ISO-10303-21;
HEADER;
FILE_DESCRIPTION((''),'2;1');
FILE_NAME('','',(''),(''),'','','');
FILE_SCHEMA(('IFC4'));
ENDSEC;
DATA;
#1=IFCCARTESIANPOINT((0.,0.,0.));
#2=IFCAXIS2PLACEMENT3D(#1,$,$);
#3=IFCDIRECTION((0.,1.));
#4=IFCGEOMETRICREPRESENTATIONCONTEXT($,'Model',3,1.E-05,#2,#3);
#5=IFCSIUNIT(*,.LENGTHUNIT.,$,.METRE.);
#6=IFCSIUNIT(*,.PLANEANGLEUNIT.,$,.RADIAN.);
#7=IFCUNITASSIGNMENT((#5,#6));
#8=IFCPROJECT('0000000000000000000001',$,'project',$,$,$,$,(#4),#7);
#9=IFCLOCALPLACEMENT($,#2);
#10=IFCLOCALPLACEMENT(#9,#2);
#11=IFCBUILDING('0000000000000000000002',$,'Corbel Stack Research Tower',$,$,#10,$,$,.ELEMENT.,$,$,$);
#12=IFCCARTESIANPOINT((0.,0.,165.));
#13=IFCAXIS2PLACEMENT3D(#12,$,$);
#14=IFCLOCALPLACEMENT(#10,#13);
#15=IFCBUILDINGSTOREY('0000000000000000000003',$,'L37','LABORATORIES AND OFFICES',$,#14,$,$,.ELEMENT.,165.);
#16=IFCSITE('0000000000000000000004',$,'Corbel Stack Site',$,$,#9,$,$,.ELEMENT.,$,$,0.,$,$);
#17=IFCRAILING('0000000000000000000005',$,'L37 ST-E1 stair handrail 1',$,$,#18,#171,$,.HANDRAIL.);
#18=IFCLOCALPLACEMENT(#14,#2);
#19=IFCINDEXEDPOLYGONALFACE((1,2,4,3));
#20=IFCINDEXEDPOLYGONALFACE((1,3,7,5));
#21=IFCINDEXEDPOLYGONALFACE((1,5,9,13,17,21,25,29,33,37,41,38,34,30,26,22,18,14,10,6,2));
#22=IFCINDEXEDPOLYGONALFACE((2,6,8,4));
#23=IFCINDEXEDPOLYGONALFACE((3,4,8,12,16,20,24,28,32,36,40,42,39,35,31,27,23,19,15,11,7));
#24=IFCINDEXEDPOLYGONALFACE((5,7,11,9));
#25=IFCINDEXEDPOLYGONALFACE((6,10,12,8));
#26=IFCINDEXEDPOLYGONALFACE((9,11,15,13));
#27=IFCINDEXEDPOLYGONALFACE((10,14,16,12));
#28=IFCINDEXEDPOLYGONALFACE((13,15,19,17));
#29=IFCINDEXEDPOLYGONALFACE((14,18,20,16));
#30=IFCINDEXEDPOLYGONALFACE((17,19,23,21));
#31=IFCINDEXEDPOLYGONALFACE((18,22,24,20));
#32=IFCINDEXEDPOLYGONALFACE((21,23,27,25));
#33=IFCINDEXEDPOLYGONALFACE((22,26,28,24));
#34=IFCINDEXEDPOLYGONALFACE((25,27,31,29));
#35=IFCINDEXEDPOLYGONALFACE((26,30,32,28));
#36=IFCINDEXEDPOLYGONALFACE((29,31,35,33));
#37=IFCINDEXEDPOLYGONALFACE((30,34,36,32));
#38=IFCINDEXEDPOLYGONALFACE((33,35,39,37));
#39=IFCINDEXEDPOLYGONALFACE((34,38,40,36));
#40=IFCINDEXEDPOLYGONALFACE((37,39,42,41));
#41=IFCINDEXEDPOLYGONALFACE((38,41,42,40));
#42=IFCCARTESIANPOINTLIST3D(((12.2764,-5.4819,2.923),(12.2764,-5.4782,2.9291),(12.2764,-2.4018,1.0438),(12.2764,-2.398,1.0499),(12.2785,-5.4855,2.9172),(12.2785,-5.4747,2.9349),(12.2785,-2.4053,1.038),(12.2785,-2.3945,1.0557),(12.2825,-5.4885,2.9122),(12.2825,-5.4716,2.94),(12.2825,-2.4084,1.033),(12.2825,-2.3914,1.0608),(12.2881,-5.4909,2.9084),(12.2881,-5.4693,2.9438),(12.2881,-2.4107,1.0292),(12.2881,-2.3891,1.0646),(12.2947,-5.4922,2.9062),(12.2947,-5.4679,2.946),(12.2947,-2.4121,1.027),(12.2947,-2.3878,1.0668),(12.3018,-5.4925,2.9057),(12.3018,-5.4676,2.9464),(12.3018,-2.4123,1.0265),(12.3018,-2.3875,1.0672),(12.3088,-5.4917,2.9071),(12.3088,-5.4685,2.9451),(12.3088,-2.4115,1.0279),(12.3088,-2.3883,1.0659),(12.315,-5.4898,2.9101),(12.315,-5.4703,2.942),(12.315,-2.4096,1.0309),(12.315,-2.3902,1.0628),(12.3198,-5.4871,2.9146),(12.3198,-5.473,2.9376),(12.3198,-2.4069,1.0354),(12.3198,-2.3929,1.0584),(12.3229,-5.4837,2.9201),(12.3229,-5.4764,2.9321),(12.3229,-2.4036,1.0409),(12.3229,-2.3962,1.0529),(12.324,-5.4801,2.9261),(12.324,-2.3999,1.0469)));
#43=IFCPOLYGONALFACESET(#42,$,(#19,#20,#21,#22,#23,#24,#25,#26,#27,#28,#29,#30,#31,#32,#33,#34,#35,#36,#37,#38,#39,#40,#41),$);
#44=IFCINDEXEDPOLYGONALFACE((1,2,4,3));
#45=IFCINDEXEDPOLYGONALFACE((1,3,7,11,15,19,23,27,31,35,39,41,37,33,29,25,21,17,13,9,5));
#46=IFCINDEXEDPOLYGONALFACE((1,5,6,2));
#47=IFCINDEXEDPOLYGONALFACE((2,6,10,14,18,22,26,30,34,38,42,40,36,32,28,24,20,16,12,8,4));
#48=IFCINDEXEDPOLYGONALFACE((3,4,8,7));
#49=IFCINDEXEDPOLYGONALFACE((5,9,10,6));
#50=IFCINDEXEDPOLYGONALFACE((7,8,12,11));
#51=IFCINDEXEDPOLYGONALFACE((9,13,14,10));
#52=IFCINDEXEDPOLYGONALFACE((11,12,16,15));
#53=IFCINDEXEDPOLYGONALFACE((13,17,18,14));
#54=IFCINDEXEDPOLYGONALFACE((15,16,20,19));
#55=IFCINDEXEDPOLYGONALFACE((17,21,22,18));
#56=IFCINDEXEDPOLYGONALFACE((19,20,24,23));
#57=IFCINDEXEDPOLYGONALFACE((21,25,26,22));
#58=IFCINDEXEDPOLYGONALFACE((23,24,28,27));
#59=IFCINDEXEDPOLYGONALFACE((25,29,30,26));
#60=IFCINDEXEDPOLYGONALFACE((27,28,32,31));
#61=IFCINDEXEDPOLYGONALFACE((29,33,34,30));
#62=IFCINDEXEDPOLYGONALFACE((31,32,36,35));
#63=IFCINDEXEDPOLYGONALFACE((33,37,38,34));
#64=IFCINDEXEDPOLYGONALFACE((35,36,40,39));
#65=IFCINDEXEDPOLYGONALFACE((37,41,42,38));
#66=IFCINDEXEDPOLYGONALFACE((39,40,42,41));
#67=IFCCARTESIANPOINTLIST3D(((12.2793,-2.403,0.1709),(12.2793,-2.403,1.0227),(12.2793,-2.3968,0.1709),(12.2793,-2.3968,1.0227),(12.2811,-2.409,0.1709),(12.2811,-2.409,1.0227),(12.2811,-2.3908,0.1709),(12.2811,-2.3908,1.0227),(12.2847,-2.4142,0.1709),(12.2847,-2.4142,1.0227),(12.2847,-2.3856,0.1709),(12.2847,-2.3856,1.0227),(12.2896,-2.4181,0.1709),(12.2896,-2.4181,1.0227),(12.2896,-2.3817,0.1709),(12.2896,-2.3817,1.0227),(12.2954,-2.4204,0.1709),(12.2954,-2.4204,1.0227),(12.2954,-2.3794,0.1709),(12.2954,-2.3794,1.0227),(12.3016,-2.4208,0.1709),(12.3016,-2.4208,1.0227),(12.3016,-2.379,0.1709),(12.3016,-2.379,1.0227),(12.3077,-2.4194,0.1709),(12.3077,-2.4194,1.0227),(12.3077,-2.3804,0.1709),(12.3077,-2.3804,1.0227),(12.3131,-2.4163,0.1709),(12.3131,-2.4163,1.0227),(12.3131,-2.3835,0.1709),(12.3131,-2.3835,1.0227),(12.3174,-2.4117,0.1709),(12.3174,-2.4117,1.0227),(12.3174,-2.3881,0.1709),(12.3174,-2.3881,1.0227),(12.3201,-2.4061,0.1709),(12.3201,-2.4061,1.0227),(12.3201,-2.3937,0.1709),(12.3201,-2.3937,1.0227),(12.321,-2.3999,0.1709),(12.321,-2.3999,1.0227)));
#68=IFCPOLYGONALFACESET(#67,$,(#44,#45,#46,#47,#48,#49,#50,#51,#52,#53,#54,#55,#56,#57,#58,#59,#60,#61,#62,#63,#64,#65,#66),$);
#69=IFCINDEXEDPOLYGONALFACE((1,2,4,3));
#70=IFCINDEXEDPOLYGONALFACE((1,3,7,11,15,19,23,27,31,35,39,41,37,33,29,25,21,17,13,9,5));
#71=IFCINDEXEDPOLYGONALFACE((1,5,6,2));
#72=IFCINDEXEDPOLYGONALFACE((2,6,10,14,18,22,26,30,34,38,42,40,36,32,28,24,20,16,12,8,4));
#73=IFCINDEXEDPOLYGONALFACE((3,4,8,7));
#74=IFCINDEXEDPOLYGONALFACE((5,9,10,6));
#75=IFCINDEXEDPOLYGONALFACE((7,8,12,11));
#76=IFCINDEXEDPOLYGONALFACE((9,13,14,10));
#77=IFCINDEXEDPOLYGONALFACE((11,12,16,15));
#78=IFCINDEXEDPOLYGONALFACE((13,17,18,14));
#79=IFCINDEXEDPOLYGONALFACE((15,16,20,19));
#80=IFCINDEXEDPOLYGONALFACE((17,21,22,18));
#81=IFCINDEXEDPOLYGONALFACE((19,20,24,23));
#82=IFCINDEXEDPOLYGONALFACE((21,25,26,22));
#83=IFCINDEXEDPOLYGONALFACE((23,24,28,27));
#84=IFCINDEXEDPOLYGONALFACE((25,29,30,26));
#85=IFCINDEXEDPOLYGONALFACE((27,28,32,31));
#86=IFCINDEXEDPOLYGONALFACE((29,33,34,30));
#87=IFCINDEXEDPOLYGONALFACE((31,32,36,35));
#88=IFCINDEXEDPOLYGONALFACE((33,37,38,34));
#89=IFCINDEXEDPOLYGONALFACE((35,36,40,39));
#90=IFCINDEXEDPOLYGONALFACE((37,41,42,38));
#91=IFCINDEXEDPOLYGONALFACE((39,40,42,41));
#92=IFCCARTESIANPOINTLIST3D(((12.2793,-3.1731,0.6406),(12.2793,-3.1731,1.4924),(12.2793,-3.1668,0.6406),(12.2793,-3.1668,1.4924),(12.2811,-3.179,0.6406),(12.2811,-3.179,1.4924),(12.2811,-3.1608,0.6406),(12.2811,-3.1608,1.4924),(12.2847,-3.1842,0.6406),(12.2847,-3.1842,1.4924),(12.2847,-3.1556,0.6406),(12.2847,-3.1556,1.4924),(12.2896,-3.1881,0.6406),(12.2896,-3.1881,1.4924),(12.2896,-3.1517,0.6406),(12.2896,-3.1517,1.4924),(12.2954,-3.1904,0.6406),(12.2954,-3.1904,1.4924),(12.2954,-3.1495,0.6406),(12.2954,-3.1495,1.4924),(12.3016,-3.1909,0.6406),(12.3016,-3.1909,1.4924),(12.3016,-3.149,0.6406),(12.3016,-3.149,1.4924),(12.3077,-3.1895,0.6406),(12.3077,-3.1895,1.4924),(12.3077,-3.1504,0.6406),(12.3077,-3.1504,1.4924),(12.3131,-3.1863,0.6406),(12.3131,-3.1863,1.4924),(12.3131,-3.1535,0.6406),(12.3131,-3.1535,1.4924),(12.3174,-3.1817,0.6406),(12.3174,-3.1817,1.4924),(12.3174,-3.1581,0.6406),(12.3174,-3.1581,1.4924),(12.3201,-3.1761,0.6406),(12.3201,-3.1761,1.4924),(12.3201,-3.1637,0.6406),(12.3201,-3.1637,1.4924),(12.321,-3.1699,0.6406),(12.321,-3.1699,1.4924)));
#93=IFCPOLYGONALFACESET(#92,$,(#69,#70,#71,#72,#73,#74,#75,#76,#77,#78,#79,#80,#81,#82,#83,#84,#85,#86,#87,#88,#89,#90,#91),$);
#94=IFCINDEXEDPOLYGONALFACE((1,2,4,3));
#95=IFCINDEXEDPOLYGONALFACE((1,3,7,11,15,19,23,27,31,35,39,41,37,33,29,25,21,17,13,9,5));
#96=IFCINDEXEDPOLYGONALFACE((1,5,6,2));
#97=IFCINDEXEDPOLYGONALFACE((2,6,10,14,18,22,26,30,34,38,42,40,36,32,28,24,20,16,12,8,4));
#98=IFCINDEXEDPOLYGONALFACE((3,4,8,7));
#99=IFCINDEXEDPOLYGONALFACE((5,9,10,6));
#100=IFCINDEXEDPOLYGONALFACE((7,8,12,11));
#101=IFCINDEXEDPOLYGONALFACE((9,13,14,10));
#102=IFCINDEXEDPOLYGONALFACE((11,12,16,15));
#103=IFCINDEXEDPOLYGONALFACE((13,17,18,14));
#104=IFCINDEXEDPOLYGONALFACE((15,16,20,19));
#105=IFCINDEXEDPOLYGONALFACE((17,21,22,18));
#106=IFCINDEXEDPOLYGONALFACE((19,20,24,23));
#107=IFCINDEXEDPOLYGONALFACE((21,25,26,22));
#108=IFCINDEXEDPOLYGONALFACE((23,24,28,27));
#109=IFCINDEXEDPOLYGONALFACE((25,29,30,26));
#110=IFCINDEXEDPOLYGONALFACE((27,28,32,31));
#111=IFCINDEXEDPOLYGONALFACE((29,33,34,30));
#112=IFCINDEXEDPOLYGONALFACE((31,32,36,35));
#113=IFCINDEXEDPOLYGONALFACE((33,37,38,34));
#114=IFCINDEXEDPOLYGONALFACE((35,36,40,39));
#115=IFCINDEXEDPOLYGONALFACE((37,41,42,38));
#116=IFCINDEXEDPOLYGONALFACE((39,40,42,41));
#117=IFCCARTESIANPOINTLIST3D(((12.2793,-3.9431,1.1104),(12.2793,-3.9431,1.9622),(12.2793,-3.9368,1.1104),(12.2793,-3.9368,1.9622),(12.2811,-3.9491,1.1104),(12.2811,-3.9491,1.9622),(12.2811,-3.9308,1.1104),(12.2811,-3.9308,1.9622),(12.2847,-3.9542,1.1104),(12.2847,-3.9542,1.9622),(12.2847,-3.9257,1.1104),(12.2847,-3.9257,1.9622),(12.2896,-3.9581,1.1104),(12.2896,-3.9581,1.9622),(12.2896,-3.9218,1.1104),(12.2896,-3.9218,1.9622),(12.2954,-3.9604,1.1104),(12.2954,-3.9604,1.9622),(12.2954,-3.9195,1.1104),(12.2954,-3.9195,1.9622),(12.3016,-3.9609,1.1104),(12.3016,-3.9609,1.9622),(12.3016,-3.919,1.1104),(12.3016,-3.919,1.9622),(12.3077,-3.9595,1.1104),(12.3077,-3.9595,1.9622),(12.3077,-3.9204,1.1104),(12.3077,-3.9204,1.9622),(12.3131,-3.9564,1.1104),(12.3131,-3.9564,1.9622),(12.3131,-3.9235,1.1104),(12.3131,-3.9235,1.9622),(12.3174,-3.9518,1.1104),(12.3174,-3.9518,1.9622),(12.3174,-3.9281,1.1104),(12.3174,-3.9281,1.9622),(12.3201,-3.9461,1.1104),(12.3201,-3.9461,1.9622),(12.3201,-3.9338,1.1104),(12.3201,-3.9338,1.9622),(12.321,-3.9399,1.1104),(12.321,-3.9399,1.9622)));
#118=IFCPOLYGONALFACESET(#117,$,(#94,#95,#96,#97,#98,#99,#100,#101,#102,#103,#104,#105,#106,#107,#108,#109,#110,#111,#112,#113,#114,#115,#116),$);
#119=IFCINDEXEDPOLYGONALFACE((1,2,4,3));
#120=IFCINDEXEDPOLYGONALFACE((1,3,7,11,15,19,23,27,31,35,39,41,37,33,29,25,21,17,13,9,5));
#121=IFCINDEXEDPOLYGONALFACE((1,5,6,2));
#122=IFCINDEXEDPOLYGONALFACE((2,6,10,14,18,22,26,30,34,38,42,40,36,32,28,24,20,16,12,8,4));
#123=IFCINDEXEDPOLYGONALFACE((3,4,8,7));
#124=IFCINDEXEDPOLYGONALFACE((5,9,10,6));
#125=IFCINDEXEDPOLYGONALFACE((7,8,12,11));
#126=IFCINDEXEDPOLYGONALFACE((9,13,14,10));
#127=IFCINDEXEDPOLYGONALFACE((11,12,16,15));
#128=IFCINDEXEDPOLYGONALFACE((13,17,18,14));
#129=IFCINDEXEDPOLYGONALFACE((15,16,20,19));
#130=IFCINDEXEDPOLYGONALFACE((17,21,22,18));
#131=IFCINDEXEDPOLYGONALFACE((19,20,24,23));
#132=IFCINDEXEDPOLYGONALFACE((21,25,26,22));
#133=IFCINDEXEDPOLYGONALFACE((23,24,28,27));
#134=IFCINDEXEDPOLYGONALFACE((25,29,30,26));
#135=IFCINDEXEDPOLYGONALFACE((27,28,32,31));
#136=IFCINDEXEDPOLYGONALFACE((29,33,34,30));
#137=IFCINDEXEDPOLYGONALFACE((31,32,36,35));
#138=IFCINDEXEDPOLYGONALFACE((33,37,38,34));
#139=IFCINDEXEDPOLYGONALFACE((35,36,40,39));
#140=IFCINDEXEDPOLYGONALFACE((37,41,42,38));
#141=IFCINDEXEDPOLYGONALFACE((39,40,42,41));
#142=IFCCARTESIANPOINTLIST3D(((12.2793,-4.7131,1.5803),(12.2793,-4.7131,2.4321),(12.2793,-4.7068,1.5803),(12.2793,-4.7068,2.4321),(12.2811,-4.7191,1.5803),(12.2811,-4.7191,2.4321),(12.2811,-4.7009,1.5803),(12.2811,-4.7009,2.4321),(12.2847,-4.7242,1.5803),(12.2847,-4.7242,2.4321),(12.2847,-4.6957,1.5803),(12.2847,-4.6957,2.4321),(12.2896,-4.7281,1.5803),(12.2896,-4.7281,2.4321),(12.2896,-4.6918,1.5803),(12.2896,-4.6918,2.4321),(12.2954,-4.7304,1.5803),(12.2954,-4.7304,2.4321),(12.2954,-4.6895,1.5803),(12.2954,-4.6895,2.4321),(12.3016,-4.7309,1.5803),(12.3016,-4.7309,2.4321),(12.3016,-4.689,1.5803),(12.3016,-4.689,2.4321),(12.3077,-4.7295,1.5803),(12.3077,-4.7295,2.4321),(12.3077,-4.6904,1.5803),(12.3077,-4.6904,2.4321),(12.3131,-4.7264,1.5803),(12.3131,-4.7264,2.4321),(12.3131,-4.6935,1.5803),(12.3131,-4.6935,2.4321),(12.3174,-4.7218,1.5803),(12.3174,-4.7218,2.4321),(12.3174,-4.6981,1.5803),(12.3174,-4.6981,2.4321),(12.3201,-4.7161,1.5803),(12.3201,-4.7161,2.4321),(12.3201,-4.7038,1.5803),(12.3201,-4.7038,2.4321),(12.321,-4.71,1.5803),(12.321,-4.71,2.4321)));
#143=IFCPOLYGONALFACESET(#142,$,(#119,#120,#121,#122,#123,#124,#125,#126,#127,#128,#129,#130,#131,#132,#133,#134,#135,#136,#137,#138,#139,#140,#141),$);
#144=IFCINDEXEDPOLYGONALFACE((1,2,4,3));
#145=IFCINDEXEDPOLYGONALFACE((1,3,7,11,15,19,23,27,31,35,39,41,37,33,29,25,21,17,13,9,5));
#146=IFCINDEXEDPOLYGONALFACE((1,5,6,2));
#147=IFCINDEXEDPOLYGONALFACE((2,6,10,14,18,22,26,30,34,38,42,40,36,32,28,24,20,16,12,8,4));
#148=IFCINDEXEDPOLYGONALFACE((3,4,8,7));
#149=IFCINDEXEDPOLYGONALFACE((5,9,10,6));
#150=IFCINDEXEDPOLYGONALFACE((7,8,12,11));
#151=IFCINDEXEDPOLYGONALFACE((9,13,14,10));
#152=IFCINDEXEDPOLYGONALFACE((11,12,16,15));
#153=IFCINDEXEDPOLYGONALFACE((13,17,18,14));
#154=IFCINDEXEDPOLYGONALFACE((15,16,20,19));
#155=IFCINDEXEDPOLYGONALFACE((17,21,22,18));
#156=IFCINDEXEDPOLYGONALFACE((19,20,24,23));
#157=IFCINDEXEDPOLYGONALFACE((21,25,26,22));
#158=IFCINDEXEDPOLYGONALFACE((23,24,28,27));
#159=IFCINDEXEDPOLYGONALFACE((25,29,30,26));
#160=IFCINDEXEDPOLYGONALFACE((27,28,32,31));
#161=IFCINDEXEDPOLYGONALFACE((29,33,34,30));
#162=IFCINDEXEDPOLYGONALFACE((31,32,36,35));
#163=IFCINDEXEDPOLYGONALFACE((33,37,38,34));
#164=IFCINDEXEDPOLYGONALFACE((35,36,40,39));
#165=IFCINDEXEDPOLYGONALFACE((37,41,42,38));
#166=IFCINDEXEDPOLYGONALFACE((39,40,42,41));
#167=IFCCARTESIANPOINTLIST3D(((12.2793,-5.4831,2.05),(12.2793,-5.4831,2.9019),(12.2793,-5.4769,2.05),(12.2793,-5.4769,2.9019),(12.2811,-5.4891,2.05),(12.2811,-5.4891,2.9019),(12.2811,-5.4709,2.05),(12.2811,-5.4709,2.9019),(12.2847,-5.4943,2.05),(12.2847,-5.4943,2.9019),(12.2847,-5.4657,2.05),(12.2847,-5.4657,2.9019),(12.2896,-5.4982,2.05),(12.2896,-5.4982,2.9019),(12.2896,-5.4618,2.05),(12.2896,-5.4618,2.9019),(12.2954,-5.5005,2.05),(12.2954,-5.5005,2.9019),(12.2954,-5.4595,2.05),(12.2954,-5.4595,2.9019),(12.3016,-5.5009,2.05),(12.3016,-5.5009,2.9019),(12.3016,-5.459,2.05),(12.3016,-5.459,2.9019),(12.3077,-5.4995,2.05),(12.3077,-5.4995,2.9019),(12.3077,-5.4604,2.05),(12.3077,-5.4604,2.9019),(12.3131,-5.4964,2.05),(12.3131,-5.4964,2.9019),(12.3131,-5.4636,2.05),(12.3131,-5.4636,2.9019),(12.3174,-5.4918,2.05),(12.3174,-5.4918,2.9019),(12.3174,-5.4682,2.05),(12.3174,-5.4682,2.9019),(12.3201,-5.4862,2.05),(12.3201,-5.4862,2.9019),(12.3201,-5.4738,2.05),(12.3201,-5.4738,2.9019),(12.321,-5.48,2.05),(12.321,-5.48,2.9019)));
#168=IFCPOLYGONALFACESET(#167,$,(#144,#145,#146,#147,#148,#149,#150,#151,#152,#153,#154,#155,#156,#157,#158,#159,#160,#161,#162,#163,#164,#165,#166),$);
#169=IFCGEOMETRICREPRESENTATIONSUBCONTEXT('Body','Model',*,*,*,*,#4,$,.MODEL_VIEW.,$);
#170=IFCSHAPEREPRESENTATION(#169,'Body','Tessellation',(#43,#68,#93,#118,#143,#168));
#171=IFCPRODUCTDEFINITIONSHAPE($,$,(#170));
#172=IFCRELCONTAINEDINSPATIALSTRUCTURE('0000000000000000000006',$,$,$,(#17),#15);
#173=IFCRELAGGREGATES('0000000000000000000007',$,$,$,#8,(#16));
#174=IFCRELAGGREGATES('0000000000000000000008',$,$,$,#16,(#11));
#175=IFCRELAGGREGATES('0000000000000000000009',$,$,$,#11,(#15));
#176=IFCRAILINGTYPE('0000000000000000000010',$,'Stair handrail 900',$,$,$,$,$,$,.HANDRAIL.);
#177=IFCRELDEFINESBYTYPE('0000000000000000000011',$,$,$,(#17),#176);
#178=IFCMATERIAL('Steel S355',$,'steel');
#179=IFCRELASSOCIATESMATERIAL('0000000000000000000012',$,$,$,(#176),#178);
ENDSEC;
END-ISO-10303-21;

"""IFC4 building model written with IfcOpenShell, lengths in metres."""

from ifc_helpers import new_model, si_unit, direction, frame, origin, origin_2d, place, context, subcontext, project, spatial, circle, extrude, material, type_object, element, save


model = new_model("IFC4")

# Units and contexts
model_context = context("Model", 3, precision=1e-05, world=origin(), true_north=direction((0.0, 1.0)))
body_context = subcontext(model_context, "Body", "Model", "MODEL_VIEW")
ifc_project = project(units=[si_unit("LENGTHUNIT", "METRE"), si_unit("PLANEANGLEUNIT", "RADIAN")], contexts=[model_context])

# Site, building, storey
site_placement = place(None, origin())
site = spatial("IfcSite", under=ifc_project, at=site_placement, Name="Corbel Stack Site", CompositionType="ELEMENT", RefElevation=0.0)
building_placement = place(site_placement, origin())
building = spatial("IfcBuilding", under=site, at=building_placement, Name="Corbel Stack Research Tower", CompositionType="ELEMENT")
storey_placement = place(building_placement, frame((0.0, 0.0, 165.0)))
storey = spatial("IfcBuildingStorey", under=building, at=storey_placement, Name="L37", Description="LABORATORIES AND OFFICES", CompositionType="ELEMENT", Elevation=165.0)

# Railing
ifc_material_1 = material(Name="Steel S355", Category="steel")
railing_type_1 = type_object("IfcRailingType", Name="Stair handrail 900", PredefinedType="HANDRAIL", material=ifc_material_1)
railing_1_placement = place(storey_placement, frame((12.3, -2.3999, 0.1709)))
element("IfcRailing", 1, at=railing_1_placement, inside=storey, type_object=railing_type_1, Name="L37 ST-E1 stair handrail 1", PredefinedType="HANDRAIL", context=body_context, shape_type="SweptSolid", body=[
    extrude(circle(Radius=0.0239, at=origin_2d()), frame((0.0, 0.0, 0.876), z_axis=(0.0, -0.853666, 0.52082), x_axis=(1.0, 0.0, 0.0)), (0.0, 0.0, 1.0), 3.6082),
    extrude(circle(Radius=0.021, at=origin_2d()), origin(), (0.0, 0.0, 1.0), 0.8518),
    extrude(circle(Radius=0.021, at=origin_2d()), frame((0.0, -0.77, 0.4697)), (0.0, 0.0, 1.0), 0.8518),
    extrude(circle(Radius=0.021, at=origin_2d()), frame((0.0, -1.54, 0.9395)), (0.0, 0.0, 1.0), 0.8518),
    extrude(circle(Radius=0.021, at=origin_2d()), frame((0.0, -2.3101, 1.4094)), (0.0, 0.0, 1.0), 0.8518),
    extrude(circle(Radius=0.021, at=origin_2d()), frame((0.0, -3.0801, 1.8792)), (0.0, 0.0, 1.0), 0.8518),
])

save(model, "model.ifc")
